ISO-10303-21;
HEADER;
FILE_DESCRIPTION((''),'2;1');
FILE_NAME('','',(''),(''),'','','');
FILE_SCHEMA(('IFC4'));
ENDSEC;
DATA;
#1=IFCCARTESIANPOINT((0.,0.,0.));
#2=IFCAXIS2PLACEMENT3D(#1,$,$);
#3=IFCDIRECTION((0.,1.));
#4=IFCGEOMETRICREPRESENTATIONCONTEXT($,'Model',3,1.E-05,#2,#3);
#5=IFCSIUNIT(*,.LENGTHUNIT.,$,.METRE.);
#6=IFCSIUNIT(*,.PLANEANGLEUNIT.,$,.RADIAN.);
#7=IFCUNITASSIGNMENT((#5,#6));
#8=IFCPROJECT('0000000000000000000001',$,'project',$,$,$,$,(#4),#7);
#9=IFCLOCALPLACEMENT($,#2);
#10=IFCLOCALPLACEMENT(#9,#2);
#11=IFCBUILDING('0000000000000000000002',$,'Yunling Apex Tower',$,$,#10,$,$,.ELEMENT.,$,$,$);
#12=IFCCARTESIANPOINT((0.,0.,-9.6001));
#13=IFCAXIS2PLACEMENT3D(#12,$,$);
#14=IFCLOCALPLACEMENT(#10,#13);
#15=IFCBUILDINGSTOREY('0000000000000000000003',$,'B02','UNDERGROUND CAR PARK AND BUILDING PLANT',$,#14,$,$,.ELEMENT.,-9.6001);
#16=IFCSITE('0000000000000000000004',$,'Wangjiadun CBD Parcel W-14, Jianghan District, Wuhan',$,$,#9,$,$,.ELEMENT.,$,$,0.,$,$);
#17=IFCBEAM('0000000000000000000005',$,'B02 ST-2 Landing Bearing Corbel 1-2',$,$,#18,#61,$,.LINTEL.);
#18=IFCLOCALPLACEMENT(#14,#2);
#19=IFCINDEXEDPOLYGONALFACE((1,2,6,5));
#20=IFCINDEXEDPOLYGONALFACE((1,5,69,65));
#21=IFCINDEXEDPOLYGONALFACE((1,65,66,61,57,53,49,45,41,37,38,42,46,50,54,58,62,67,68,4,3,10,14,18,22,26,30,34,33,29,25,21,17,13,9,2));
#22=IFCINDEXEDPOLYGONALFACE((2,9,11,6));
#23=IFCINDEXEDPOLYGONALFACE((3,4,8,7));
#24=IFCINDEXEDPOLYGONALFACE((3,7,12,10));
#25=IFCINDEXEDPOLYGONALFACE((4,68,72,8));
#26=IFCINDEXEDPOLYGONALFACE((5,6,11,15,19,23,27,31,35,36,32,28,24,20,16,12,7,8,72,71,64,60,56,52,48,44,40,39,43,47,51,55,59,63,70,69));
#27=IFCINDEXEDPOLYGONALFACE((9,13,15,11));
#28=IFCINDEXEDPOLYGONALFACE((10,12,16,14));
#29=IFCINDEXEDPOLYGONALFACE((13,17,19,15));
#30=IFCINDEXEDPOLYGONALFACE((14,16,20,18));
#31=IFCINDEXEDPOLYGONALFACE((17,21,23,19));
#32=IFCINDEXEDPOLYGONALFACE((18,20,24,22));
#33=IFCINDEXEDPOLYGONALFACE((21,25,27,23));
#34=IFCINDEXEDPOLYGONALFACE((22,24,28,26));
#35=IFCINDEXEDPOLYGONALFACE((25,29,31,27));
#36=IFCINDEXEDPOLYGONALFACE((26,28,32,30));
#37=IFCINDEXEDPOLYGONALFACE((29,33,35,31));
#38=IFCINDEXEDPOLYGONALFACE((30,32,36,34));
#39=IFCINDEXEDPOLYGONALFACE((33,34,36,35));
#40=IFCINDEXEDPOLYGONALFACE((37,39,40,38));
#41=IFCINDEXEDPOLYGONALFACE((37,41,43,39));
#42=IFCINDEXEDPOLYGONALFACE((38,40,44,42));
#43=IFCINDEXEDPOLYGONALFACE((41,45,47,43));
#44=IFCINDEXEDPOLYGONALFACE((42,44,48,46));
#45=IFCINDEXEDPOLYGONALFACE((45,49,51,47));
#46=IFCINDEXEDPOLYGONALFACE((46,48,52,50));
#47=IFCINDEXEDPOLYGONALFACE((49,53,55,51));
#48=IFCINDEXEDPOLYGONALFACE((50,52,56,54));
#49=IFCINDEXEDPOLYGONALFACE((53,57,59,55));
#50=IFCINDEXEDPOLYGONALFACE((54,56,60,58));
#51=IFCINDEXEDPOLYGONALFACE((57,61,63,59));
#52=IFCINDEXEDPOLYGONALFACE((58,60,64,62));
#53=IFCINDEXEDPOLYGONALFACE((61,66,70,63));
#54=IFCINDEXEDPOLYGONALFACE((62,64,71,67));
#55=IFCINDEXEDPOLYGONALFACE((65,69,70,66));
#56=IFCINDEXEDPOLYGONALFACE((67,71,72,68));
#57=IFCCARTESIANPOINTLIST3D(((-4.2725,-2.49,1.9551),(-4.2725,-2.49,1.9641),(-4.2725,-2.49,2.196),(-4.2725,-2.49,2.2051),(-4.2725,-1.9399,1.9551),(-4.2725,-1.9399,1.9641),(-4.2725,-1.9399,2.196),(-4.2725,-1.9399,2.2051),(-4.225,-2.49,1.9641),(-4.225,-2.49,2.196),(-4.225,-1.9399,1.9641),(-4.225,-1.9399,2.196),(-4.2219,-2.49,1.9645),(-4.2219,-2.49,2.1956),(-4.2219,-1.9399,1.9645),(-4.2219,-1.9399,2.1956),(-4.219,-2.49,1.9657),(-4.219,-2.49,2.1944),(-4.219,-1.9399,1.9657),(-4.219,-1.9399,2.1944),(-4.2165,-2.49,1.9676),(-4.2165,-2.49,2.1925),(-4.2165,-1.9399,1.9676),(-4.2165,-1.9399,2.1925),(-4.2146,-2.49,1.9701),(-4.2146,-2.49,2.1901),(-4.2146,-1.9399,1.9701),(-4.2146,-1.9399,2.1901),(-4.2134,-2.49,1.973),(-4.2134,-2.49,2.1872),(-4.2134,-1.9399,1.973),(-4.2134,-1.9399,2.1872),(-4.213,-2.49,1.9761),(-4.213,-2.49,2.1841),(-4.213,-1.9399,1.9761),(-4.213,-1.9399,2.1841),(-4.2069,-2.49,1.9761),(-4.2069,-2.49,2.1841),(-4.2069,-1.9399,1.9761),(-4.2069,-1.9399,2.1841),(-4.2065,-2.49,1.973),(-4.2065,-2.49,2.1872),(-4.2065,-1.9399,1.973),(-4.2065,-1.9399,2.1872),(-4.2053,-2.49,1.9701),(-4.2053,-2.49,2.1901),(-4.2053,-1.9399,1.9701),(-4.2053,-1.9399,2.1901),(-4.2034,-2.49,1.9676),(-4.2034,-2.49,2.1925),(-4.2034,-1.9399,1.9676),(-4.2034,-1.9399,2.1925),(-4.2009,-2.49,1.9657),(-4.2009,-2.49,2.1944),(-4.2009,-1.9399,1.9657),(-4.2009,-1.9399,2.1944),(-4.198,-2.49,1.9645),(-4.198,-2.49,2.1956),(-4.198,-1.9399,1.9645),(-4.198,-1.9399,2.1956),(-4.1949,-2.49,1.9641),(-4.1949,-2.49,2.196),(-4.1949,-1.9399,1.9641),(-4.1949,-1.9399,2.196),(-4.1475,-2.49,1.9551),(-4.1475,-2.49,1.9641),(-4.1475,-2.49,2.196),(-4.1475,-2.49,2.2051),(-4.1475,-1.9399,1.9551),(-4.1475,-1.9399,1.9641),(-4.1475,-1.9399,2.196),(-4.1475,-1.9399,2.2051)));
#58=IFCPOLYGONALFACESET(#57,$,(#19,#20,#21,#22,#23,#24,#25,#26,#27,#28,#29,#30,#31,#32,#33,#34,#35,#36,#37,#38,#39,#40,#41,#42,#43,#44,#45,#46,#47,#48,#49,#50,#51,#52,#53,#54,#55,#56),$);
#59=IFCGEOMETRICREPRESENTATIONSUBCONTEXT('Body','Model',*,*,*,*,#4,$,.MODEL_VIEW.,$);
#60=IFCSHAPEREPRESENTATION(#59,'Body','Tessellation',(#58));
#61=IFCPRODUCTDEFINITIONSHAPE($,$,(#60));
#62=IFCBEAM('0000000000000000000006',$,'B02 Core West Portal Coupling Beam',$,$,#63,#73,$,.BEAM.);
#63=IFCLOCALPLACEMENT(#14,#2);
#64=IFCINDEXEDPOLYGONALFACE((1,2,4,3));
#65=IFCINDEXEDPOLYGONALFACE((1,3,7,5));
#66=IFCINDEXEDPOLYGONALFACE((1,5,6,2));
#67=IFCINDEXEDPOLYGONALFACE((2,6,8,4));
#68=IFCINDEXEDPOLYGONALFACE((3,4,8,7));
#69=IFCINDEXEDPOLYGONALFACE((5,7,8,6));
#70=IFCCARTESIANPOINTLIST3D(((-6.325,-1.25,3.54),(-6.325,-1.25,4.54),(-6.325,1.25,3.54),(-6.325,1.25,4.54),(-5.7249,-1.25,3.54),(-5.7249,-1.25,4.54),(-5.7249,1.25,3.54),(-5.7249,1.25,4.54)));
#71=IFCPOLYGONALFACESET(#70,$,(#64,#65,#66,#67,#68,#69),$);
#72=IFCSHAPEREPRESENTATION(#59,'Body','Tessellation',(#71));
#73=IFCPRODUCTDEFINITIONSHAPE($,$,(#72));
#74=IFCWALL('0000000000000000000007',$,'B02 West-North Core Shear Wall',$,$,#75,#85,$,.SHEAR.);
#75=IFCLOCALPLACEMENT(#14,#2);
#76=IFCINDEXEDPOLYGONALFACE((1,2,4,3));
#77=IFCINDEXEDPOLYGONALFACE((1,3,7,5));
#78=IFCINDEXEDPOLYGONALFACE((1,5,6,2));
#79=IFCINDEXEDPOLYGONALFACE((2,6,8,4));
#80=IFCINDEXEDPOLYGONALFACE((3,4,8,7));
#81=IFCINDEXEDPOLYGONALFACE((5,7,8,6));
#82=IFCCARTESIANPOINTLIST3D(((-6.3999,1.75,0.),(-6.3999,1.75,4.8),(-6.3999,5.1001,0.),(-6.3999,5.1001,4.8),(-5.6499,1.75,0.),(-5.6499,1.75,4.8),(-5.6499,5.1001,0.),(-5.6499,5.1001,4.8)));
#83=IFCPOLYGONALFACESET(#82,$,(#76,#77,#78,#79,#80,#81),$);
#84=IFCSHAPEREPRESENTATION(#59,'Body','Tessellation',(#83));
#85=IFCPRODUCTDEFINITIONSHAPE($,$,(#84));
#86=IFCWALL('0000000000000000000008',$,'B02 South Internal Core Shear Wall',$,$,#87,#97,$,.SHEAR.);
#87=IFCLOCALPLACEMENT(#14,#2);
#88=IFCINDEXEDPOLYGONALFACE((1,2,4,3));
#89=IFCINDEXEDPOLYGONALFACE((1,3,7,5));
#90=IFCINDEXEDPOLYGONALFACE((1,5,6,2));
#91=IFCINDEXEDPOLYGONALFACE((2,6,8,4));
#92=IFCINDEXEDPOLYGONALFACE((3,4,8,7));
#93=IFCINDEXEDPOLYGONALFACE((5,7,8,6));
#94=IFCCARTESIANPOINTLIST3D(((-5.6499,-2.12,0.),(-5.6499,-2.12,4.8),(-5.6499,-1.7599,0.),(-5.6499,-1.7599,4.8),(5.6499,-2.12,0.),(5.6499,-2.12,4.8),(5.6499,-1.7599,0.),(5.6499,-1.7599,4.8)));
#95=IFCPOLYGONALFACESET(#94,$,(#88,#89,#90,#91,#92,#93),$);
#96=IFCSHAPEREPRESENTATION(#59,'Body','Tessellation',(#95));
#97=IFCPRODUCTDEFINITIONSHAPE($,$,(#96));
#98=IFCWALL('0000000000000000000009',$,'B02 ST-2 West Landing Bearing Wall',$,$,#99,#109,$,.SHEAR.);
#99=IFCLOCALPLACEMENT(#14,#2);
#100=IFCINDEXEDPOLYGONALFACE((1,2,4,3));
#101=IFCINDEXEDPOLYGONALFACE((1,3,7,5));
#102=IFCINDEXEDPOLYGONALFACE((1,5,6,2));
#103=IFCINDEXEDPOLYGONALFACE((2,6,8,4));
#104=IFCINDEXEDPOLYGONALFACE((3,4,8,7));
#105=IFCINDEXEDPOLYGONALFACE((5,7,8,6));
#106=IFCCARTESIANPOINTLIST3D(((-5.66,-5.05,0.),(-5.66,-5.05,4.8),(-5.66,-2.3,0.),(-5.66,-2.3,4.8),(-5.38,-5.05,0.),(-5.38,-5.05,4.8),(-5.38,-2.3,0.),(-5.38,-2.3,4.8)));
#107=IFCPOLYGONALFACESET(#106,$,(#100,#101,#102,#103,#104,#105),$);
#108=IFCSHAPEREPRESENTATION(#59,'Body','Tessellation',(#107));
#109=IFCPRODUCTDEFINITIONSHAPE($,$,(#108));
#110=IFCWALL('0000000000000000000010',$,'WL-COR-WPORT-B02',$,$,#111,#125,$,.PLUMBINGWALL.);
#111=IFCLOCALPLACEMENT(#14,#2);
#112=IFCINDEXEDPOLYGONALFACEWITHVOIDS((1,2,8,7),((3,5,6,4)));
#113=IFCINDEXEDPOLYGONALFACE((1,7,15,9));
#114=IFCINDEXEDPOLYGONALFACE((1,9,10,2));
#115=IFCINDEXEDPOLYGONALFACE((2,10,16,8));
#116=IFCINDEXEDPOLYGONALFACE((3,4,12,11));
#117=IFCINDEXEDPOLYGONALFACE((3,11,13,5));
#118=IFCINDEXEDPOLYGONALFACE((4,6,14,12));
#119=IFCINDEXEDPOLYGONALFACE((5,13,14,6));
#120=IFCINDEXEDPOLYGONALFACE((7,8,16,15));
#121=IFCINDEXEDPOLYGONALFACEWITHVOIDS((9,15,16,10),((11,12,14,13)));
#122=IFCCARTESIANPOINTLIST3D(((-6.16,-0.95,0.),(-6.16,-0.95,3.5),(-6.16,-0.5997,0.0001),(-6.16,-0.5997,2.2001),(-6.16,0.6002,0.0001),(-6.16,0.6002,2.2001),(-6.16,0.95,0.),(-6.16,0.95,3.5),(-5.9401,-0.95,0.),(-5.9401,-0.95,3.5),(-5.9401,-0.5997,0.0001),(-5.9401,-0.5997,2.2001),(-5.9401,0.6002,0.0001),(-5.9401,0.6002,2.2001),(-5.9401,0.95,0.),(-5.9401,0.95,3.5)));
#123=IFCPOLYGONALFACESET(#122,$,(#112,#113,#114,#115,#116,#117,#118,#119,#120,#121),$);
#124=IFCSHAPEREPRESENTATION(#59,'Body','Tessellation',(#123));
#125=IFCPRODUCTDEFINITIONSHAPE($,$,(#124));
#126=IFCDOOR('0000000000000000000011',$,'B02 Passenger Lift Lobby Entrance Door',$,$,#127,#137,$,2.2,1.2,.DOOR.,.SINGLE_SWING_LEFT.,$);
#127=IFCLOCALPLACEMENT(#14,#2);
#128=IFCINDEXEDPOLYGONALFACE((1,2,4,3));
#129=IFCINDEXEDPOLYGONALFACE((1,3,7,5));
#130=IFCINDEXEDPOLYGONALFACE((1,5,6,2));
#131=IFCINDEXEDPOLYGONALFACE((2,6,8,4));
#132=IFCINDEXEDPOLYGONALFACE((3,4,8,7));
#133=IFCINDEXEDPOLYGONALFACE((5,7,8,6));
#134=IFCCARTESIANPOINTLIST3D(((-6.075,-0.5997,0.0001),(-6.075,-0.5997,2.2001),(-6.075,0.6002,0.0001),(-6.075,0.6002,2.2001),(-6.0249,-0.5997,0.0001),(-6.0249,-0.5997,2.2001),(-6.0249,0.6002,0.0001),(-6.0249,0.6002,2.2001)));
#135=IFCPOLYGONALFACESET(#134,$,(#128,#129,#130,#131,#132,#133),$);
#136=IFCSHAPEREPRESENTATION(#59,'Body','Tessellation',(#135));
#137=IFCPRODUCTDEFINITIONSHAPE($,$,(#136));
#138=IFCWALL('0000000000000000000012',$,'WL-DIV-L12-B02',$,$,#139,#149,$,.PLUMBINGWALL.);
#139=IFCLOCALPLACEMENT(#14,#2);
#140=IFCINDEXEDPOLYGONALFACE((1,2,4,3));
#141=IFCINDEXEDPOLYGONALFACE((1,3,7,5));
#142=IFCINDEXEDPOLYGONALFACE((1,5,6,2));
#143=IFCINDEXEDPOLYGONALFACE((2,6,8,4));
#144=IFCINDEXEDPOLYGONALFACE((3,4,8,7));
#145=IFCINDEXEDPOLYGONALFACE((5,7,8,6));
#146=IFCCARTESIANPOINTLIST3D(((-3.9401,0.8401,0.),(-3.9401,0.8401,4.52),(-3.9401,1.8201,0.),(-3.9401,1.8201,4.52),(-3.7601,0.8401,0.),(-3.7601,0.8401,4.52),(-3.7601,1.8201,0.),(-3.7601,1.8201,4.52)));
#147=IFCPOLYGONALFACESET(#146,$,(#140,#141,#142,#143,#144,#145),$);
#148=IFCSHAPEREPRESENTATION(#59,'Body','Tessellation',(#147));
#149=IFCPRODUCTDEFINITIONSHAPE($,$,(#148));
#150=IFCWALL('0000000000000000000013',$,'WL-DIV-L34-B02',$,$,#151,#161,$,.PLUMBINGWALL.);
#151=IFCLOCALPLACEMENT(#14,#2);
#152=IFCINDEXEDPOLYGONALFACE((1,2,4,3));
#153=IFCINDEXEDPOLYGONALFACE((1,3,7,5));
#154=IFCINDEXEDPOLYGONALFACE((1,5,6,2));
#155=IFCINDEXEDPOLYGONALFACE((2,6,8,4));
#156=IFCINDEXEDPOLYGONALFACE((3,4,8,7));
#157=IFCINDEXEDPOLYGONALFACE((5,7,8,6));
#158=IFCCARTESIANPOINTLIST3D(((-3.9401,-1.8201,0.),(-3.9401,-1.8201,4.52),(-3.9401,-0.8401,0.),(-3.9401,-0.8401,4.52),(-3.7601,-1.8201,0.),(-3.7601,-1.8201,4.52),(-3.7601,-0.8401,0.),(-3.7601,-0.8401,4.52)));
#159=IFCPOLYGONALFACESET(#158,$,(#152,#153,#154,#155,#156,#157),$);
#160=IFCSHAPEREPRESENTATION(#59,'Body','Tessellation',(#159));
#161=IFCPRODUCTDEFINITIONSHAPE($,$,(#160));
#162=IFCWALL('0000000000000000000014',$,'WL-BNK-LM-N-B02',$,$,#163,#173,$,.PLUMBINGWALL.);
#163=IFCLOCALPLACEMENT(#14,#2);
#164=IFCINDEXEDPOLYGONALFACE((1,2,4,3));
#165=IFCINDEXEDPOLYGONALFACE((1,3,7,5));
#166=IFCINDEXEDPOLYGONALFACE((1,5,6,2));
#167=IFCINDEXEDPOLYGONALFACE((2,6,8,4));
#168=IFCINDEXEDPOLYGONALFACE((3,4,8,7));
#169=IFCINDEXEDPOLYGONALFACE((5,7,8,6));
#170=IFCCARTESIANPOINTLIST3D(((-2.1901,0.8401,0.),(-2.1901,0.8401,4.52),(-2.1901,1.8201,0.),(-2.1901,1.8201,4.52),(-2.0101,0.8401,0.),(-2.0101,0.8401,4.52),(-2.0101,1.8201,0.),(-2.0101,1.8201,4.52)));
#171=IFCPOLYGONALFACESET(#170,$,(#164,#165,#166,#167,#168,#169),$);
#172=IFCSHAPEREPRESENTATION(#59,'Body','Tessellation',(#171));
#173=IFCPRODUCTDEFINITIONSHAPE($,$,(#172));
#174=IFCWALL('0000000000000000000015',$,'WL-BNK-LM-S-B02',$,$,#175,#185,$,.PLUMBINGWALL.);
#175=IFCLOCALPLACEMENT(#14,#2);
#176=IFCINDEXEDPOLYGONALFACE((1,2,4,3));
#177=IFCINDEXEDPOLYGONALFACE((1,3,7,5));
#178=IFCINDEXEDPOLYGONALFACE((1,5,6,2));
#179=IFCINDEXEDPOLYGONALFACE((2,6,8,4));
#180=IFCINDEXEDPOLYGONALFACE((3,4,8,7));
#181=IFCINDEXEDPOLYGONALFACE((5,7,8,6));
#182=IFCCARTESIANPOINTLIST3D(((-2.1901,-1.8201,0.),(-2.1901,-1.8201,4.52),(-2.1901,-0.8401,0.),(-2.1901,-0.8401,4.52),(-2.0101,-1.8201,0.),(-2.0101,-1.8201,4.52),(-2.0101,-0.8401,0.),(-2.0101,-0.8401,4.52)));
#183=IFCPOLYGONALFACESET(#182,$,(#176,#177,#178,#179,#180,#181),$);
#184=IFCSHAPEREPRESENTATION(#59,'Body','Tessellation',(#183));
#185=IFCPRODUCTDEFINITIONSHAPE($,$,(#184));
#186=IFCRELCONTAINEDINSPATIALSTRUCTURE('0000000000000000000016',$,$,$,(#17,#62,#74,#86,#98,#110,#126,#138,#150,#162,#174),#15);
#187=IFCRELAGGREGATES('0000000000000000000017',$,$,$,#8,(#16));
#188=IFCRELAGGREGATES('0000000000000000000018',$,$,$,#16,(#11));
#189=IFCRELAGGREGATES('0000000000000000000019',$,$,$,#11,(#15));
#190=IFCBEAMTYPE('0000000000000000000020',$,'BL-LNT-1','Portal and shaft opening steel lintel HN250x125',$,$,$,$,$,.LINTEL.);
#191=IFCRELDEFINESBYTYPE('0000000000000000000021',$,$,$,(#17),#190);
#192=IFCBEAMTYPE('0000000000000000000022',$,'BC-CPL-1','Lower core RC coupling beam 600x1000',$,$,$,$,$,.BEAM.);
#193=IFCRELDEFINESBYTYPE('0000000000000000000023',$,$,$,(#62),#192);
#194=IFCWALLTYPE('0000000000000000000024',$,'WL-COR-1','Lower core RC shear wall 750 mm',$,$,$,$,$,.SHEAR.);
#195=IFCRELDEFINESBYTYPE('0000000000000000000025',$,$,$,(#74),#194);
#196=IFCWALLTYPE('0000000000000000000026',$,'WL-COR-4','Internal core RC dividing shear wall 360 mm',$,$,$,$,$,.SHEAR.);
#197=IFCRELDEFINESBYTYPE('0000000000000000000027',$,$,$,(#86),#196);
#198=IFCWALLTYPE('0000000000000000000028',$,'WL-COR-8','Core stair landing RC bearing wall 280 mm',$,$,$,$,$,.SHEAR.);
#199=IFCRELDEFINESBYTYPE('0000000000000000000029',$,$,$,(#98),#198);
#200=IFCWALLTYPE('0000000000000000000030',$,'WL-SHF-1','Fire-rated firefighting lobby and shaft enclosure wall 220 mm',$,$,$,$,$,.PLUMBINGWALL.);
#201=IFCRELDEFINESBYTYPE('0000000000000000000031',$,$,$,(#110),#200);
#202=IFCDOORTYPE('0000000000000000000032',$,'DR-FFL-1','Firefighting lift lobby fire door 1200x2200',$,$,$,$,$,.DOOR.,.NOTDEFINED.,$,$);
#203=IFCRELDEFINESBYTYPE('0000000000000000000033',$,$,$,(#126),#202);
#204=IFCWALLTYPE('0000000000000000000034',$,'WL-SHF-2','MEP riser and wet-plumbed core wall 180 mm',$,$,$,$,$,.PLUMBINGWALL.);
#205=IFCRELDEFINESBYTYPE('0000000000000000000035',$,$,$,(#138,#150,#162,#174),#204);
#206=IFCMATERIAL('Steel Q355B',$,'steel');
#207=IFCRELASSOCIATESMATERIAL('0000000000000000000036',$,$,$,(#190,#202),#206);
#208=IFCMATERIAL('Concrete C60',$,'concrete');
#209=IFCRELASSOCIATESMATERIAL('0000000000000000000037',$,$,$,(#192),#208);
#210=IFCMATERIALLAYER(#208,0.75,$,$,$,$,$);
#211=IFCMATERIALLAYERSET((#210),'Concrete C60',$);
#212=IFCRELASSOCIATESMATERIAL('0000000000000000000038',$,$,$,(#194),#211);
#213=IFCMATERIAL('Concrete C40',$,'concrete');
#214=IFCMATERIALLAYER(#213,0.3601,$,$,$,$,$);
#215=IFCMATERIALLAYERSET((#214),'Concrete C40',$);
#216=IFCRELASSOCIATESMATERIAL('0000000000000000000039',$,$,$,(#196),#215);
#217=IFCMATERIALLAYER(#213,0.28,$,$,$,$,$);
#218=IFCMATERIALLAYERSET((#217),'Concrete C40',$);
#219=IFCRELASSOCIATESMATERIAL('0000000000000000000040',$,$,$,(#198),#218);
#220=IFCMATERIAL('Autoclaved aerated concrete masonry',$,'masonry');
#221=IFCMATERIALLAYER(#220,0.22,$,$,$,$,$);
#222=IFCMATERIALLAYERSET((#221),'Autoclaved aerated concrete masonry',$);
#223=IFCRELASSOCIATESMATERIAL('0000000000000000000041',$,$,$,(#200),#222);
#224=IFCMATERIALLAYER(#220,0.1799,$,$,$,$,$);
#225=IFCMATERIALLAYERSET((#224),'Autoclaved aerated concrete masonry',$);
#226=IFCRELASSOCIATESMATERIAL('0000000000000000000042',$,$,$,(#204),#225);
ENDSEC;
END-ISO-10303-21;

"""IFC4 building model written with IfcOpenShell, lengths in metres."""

from ifc_helpers import new_model, si_unit, direction, frame, frame_2d, origin, origin_2d, place, context, subcontext, project, spatial, rectangle, i_section, extrude, source, transform, mapped, material, layer, layer_set, material_profile, profile_set, type_object, element, fill, save


model = new_model("IFC4")

# Units and contexts
model_context = context("Model", 3, precision=1e-05, world=origin(), true_north=direction((0.0, 1.0)))
body_context = subcontext(model_context, "Body", "Model", "MODEL_VIEW")
ifc_project = project(units=[si_unit("LENGTHUNIT", "METRE"), si_unit("PLANEANGLEUNIT", "RADIAN")], contexts=[model_context])

# Site, building, storey
site_placement = place(None, origin())
site = spatial("IfcSite", under=ifc_project, at=site_placement, Name="Wangjiadun CBD Parcel W-14, Jianghan District, Wuhan", CompositionType="ELEMENT", RefElevation=0.0)
building_placement = place(site_placement, origin())
building = spatial("IfcBuilding", under=site, at=building_placement, Name="Yunling Apex Tower", CompositionType="ELEMENT")
storey_placement = place(building_placement, frame((0.0, 0.0, -9.6001)))
storey = spatial("IfcBuildingStorey", under=building, at=storey_placement, Name="B02", Description="UNDERGROUND CAR PARK AND BUILDING PLANT", CompositionType="ELEMENT", Elevation=-9.6001)

# Shared definitions
ifc_material_1 = material(Name="Concrete C60", Category="concrete")

# Beams
ifc_material_2 = material(Name="Steel Q355B", Category="steel")
ifc_material_profile_1 = material_profile(ifc_material_2, i_section(OverallWidth=0.125, OverallDepth=0.25, WebThickness=0.0061, FlangeThickness=0.009, FilletRadius=0.012, at=origin_2d()))
ifc_profile_set_1 = profile_set([ifc_material_profile_1], Name="Steel Q355B")
beam_type_1 = type_object("IfcBeamType", Name="BL-LNT-1", Description="Portal and shaft opening steel lintel HN250x125", PredefinedType="LINTEL", material=ifc_profile_set_1)
shared_shape_1 = source(origin(), body_context, "Body", "SweptSolid", [
    extrude(i_section(OverallWidth=0.125, OverallDepth=0.25, WebThickness=0.0061, FlangeThickness=0.009, FilletRadius=0.012, at=origin_2d()), origin(), (0.0, 0.0, 1.0), 0.55),
])
for number, where, z_axis, x_axis, name in (
    (1, (-4.21, -1.9399, 2.0801), (0.0, -1.0, 0.0), (1.0, 0.0, 0.0), "B02 ST-2 Landing Bearing Corbel 1-2"),
):
    element("IfcBeam", number, at=place(storey_placement, frame(where, z_axis=z_axis, x_axis=x_axis)), inside=storey, type_object=beam_type_1, Name=name, PredefinedType="LINTEL", context=body_context, shape_type="MappedRepresentation", body=[
        mapped(shared_shape_1, transform((0.0, 0.0, 0.0), scale=1.0)),
    ])
ifc_material_profile_2 = material_profile(ifc_material_1, rectangle(XDim=0.6001, YDim=1.0, at=origin_2d()))
ifc_profile_set_2 = profile_set([ifc_material_profile_2], Name="Concrete C60")
beam_type_2 = type_object("IfcBeamType", Name="BC-CPL-1", Description="Lower core RC coupling beam 600x1000", PredefinedType="BEAM", material=ifc_profile_set_2)
shared_shape_2 = source(origin(), body_context, "Body", "SweptSolid", [
    extrude(rectangle(XDim=0.6001, YDim=1.0, at=origin_2d()), origin(), (0.0, 0.0, 1.0), 2.5),
])
beam_placement = place(storey_placement, frame((-6.0249, -1.25, 4.04), z_axis=(0.0, 1.0, 0.0), x_axis=(-1.0, 0.0, 0.0)))
element("IfcBeam", 2, at=beam_placement, inside=storey, type_object=beam_type_2, Name="B02 Core West Portal Coupling Beam", PredefinedType="BEAM", context=body_context, shape_type="MappedRepresentation", body=[
    mapped(shared_shape_2, transform((0.0, 0.0, 0.0), scale=1.0)),
])

# Walls
ifc_layer_1 = layer(ifc_material_1, 0.75)
ifc_layer_set_1 = layer_set([ifc_layer_1], Name="Concrete C60")
wall_type_1 = type_object("IfcWallType", Name="WL-COR-1", Description="Lower core RC shear wall 750 mm", PredefinedType="SHEAR", material=ifc_layer_set_1)
wall_1_placement = place(storey_placement, frame((-6.0249, 1.75, 0.0), z_axis=(0.0, 0.0, 1.0), x_axis=(0.0, 1.0, 0.0)))
element("IfcWall", 3, at=wall_1_placement, inside=storey, type_object=wall_type_1, Name="B02 West-North Core Shear Wall", PredefinedType="SHEAR", context=body_context, shape_type="SweptSolid", body=[
    extrude(rectangle(XDim=3.3501, YDim=0.75, at=frame_2d((1.675, 0.0))), origin(), (0.0, 0.0, 1.0), 4.8),
])
ifc_material_3 = material(Name="Concrete C40", Category="concrete")
ifc_layer_2 = layer(ifc_material_3, 0.3601)
ifc_layer_set_2 = layer_set([ifc_layer_2], Name="Concrete C40")
wall_type_2 = type_object("IfcWallType", Name="WL-COR-4", Description="Internal core RC dividing shear wall 360 mm", PredefinedType="SHEAR", material=ifc_layer_set_2)
wall_2_placement = place(storey_placement, frame((-5.6499, -1.9399, 0.0), z_axis=(0.0, 0.0, 1.0), x_axis=(1.0, 0.0, 0.0)))
element("IfcWall", 4, at=wall_2_placement, inside=storey, type_object=wall_type_2, Name="B02 South Internal Core Shear Wall", PredefinedType="SHEAR", context=body_context, shape_type="SweptSolid", body=[
    extrude(rectangle(XDim=11.2998, YDim=0.3601, at=frame_2d((5.6499, 0.0))), origin(), (0.0, 0.0, 1.0), 4.8),
])
ifc_layer_3 = layer(ifc_material_3, 0.28)
ifc_layer_set_3 = layer_set([ifc_layer_3], Name="Concrete C40")
wall_type_3 = type_object("IfcWallType", Name="WL-COR-8", Description="Core stair landing RC bearing wall 280 mm", PredefinedType="SHEAR", material=ifc_layer_set_3)
wall_3_placement = place(storey_placement, frame((-5.52, -5.05, 0.0), z_axis=(0.0, 0.0, 1.0), x_axis=(0.0, 1.0, 0.0)))
element("IfcWall", 5, at=wall_3_placement, inside=storey, type_object=wall_type_3, Name="B02 ST-2 West Landing Bearing Wall", PredefinedType="SHEAR", context=body_context, shape_type="SweptSolid", body=[
    extrude(rectangle(XDim=2.75, YDim=0.28, at=frame_2d((1.375, 0.0))), origin(), (0.0, 0.0, 1.0), 4.8),
])

# Wall, opening, door
ifc_material_4 = material(Name="Autoclaved aerated concrete masonry", Category="masonry")
ifc_layer_4 = layer(ifc_material_4, 0.22)
ifc_layer_set_4 = layer_set([ifc_layer_4], Name="Autoclaved aerated concrete masonry")
wall_type_4 = type_object("IfcWallType", Name="WL-SHF-1", Description="Fire-rated firefighting lobby and shaft enclosure wall 220 mm", PredefinedType="PLUMBINGWALL", material=ifc_layer_set_4)
wall_4_placement = place(storey_placement, frame((-6.05, -0.95, 0.0), z_axis=(0.0, 0.0, 1.0), x_axis=(0.0, 1.0, 0.0)))
wall_4 = element("IfcWall", 6, at=wall_4_placement, inside=storey, type_object=wall_type_4, Name="WL-COR-WPORT-B02", PredefinedType="PLUMBINGWALL", context=body_context, shape_type="SweptSolid", body=[
    extrude(rectangle(XDim=1.8999, YDim=0.22, at=frame_2d((0.95, 0.0))), origin(), (0.0, 0.0, 1.0), 3.5),
])
opening_1_placement = place(wall_4_placement, frame((0.3501, 0.0, 0.0)))
opening_1 = element("IfcOpeningElement", 7, at=opening_1_placement, cuts=wall_4, PredefinedType="OPENING", context=body_context, shape_type="SweptSolid", body=[
    extrude(rectangle(XDim=1.2, YDim=2.2, at=frame_2d((0.6001, 1.1001))), frame((0.0, 0.1201, 0.0), z_axis=(0.0, -1.0, 0.0), x_axis=(1.0, 0.0, 0.0)), (0.0, 0.0, 1.0), 0.24),
])
door_type_1 = type_object("IfcDoorType", Name="DR-FFL-1", Description="Firefighting lift lobby fire door 1200x2200", OperationType="NOTDEFINED", PredefinedType="DOOR", material=ifc_material_2)
door_1_placement = place(opening_1_placement, origin())
door_1 = element("IfcDoor", 8, at=door_1_placement, inside=storey, type_object=door_type_1, Name="B02 Passenger Lift Lobby Entrance Door", OperationType="SINGLE_SWING_LEFT", OverallHeight=2.2, OverallWidth=1.2, PredefinedType="DOOR", context=body_context, shape_type="SweptSolid", body=[
    extrude(rectangle(XDim=1.2, YDim=2.2, at=frame_2d((0.6001, 1.1001))), frame((0.0, 0.0249, 0.0), z_axis=(0.0, -1.0, 0.0), x_axis=(1.0, 0.0, 0.0)), (0.0, 0.0, 1.0), 0.05),
])
fill(opening_1, door_1)

# Walls
ifc_layer_5 = layer(ifc_material_4, 0.1799)
ifc_layer_set_5 = layer_set([ifc_layer_5], Name="Autoclaved aerated concrete masonry")
wall_type_5 = type_object("IfcWallType", Name="WL-SHF-2", Description="MEP riser and wet-plumbed core wall 180 mm", PredefinedType="PLUMBINGWALL", material=ifc_layer_set_5)
for number, where, z_axis, x_axis, name in (
    (9, (-3.8501, 0.8401, 0.0), (0.0, 0.0, 1.0), (0.0, 1.0, 0.0), "WL-DIV-L12-B02"),
    (10, (-3.8501, -1.8201, 0.0), (0.0, 0.0, 1.0), (0.0, 1.0, 0.0), "WL-DIV-L34-B02"),
    (11, (-2.1001, 0.8401, 0.0), (0.0, 0.0, 1.0), (0.0, 1.0, 0.0), "WL-BNK-LM-N-B02"),
    (12, (-2.1001, -1.8201, 0.0), (0.0, 0.0, 1.0), (0.0, 1.0, 0.0), "WL-BNK-LM-S-B02"),
):
    element("IfcWall", number, at=place(storey_placement, frame(where, z_axis=z_axis, x_axis=x_axis)), inside=storey, type_object=wall_type_5, Name=name, PredefinedType="PLUMBINGWALL", context=body_context, shape_type="SweptSolid", body=[
        extrude(rectangle(XDim=0.98, YDim=0.1799, at=frame_2d((0.49, 0.0))), origin(), (0.0, 0.0, 1.0), 4.52),
    ])

save(model, "model.ifc")
